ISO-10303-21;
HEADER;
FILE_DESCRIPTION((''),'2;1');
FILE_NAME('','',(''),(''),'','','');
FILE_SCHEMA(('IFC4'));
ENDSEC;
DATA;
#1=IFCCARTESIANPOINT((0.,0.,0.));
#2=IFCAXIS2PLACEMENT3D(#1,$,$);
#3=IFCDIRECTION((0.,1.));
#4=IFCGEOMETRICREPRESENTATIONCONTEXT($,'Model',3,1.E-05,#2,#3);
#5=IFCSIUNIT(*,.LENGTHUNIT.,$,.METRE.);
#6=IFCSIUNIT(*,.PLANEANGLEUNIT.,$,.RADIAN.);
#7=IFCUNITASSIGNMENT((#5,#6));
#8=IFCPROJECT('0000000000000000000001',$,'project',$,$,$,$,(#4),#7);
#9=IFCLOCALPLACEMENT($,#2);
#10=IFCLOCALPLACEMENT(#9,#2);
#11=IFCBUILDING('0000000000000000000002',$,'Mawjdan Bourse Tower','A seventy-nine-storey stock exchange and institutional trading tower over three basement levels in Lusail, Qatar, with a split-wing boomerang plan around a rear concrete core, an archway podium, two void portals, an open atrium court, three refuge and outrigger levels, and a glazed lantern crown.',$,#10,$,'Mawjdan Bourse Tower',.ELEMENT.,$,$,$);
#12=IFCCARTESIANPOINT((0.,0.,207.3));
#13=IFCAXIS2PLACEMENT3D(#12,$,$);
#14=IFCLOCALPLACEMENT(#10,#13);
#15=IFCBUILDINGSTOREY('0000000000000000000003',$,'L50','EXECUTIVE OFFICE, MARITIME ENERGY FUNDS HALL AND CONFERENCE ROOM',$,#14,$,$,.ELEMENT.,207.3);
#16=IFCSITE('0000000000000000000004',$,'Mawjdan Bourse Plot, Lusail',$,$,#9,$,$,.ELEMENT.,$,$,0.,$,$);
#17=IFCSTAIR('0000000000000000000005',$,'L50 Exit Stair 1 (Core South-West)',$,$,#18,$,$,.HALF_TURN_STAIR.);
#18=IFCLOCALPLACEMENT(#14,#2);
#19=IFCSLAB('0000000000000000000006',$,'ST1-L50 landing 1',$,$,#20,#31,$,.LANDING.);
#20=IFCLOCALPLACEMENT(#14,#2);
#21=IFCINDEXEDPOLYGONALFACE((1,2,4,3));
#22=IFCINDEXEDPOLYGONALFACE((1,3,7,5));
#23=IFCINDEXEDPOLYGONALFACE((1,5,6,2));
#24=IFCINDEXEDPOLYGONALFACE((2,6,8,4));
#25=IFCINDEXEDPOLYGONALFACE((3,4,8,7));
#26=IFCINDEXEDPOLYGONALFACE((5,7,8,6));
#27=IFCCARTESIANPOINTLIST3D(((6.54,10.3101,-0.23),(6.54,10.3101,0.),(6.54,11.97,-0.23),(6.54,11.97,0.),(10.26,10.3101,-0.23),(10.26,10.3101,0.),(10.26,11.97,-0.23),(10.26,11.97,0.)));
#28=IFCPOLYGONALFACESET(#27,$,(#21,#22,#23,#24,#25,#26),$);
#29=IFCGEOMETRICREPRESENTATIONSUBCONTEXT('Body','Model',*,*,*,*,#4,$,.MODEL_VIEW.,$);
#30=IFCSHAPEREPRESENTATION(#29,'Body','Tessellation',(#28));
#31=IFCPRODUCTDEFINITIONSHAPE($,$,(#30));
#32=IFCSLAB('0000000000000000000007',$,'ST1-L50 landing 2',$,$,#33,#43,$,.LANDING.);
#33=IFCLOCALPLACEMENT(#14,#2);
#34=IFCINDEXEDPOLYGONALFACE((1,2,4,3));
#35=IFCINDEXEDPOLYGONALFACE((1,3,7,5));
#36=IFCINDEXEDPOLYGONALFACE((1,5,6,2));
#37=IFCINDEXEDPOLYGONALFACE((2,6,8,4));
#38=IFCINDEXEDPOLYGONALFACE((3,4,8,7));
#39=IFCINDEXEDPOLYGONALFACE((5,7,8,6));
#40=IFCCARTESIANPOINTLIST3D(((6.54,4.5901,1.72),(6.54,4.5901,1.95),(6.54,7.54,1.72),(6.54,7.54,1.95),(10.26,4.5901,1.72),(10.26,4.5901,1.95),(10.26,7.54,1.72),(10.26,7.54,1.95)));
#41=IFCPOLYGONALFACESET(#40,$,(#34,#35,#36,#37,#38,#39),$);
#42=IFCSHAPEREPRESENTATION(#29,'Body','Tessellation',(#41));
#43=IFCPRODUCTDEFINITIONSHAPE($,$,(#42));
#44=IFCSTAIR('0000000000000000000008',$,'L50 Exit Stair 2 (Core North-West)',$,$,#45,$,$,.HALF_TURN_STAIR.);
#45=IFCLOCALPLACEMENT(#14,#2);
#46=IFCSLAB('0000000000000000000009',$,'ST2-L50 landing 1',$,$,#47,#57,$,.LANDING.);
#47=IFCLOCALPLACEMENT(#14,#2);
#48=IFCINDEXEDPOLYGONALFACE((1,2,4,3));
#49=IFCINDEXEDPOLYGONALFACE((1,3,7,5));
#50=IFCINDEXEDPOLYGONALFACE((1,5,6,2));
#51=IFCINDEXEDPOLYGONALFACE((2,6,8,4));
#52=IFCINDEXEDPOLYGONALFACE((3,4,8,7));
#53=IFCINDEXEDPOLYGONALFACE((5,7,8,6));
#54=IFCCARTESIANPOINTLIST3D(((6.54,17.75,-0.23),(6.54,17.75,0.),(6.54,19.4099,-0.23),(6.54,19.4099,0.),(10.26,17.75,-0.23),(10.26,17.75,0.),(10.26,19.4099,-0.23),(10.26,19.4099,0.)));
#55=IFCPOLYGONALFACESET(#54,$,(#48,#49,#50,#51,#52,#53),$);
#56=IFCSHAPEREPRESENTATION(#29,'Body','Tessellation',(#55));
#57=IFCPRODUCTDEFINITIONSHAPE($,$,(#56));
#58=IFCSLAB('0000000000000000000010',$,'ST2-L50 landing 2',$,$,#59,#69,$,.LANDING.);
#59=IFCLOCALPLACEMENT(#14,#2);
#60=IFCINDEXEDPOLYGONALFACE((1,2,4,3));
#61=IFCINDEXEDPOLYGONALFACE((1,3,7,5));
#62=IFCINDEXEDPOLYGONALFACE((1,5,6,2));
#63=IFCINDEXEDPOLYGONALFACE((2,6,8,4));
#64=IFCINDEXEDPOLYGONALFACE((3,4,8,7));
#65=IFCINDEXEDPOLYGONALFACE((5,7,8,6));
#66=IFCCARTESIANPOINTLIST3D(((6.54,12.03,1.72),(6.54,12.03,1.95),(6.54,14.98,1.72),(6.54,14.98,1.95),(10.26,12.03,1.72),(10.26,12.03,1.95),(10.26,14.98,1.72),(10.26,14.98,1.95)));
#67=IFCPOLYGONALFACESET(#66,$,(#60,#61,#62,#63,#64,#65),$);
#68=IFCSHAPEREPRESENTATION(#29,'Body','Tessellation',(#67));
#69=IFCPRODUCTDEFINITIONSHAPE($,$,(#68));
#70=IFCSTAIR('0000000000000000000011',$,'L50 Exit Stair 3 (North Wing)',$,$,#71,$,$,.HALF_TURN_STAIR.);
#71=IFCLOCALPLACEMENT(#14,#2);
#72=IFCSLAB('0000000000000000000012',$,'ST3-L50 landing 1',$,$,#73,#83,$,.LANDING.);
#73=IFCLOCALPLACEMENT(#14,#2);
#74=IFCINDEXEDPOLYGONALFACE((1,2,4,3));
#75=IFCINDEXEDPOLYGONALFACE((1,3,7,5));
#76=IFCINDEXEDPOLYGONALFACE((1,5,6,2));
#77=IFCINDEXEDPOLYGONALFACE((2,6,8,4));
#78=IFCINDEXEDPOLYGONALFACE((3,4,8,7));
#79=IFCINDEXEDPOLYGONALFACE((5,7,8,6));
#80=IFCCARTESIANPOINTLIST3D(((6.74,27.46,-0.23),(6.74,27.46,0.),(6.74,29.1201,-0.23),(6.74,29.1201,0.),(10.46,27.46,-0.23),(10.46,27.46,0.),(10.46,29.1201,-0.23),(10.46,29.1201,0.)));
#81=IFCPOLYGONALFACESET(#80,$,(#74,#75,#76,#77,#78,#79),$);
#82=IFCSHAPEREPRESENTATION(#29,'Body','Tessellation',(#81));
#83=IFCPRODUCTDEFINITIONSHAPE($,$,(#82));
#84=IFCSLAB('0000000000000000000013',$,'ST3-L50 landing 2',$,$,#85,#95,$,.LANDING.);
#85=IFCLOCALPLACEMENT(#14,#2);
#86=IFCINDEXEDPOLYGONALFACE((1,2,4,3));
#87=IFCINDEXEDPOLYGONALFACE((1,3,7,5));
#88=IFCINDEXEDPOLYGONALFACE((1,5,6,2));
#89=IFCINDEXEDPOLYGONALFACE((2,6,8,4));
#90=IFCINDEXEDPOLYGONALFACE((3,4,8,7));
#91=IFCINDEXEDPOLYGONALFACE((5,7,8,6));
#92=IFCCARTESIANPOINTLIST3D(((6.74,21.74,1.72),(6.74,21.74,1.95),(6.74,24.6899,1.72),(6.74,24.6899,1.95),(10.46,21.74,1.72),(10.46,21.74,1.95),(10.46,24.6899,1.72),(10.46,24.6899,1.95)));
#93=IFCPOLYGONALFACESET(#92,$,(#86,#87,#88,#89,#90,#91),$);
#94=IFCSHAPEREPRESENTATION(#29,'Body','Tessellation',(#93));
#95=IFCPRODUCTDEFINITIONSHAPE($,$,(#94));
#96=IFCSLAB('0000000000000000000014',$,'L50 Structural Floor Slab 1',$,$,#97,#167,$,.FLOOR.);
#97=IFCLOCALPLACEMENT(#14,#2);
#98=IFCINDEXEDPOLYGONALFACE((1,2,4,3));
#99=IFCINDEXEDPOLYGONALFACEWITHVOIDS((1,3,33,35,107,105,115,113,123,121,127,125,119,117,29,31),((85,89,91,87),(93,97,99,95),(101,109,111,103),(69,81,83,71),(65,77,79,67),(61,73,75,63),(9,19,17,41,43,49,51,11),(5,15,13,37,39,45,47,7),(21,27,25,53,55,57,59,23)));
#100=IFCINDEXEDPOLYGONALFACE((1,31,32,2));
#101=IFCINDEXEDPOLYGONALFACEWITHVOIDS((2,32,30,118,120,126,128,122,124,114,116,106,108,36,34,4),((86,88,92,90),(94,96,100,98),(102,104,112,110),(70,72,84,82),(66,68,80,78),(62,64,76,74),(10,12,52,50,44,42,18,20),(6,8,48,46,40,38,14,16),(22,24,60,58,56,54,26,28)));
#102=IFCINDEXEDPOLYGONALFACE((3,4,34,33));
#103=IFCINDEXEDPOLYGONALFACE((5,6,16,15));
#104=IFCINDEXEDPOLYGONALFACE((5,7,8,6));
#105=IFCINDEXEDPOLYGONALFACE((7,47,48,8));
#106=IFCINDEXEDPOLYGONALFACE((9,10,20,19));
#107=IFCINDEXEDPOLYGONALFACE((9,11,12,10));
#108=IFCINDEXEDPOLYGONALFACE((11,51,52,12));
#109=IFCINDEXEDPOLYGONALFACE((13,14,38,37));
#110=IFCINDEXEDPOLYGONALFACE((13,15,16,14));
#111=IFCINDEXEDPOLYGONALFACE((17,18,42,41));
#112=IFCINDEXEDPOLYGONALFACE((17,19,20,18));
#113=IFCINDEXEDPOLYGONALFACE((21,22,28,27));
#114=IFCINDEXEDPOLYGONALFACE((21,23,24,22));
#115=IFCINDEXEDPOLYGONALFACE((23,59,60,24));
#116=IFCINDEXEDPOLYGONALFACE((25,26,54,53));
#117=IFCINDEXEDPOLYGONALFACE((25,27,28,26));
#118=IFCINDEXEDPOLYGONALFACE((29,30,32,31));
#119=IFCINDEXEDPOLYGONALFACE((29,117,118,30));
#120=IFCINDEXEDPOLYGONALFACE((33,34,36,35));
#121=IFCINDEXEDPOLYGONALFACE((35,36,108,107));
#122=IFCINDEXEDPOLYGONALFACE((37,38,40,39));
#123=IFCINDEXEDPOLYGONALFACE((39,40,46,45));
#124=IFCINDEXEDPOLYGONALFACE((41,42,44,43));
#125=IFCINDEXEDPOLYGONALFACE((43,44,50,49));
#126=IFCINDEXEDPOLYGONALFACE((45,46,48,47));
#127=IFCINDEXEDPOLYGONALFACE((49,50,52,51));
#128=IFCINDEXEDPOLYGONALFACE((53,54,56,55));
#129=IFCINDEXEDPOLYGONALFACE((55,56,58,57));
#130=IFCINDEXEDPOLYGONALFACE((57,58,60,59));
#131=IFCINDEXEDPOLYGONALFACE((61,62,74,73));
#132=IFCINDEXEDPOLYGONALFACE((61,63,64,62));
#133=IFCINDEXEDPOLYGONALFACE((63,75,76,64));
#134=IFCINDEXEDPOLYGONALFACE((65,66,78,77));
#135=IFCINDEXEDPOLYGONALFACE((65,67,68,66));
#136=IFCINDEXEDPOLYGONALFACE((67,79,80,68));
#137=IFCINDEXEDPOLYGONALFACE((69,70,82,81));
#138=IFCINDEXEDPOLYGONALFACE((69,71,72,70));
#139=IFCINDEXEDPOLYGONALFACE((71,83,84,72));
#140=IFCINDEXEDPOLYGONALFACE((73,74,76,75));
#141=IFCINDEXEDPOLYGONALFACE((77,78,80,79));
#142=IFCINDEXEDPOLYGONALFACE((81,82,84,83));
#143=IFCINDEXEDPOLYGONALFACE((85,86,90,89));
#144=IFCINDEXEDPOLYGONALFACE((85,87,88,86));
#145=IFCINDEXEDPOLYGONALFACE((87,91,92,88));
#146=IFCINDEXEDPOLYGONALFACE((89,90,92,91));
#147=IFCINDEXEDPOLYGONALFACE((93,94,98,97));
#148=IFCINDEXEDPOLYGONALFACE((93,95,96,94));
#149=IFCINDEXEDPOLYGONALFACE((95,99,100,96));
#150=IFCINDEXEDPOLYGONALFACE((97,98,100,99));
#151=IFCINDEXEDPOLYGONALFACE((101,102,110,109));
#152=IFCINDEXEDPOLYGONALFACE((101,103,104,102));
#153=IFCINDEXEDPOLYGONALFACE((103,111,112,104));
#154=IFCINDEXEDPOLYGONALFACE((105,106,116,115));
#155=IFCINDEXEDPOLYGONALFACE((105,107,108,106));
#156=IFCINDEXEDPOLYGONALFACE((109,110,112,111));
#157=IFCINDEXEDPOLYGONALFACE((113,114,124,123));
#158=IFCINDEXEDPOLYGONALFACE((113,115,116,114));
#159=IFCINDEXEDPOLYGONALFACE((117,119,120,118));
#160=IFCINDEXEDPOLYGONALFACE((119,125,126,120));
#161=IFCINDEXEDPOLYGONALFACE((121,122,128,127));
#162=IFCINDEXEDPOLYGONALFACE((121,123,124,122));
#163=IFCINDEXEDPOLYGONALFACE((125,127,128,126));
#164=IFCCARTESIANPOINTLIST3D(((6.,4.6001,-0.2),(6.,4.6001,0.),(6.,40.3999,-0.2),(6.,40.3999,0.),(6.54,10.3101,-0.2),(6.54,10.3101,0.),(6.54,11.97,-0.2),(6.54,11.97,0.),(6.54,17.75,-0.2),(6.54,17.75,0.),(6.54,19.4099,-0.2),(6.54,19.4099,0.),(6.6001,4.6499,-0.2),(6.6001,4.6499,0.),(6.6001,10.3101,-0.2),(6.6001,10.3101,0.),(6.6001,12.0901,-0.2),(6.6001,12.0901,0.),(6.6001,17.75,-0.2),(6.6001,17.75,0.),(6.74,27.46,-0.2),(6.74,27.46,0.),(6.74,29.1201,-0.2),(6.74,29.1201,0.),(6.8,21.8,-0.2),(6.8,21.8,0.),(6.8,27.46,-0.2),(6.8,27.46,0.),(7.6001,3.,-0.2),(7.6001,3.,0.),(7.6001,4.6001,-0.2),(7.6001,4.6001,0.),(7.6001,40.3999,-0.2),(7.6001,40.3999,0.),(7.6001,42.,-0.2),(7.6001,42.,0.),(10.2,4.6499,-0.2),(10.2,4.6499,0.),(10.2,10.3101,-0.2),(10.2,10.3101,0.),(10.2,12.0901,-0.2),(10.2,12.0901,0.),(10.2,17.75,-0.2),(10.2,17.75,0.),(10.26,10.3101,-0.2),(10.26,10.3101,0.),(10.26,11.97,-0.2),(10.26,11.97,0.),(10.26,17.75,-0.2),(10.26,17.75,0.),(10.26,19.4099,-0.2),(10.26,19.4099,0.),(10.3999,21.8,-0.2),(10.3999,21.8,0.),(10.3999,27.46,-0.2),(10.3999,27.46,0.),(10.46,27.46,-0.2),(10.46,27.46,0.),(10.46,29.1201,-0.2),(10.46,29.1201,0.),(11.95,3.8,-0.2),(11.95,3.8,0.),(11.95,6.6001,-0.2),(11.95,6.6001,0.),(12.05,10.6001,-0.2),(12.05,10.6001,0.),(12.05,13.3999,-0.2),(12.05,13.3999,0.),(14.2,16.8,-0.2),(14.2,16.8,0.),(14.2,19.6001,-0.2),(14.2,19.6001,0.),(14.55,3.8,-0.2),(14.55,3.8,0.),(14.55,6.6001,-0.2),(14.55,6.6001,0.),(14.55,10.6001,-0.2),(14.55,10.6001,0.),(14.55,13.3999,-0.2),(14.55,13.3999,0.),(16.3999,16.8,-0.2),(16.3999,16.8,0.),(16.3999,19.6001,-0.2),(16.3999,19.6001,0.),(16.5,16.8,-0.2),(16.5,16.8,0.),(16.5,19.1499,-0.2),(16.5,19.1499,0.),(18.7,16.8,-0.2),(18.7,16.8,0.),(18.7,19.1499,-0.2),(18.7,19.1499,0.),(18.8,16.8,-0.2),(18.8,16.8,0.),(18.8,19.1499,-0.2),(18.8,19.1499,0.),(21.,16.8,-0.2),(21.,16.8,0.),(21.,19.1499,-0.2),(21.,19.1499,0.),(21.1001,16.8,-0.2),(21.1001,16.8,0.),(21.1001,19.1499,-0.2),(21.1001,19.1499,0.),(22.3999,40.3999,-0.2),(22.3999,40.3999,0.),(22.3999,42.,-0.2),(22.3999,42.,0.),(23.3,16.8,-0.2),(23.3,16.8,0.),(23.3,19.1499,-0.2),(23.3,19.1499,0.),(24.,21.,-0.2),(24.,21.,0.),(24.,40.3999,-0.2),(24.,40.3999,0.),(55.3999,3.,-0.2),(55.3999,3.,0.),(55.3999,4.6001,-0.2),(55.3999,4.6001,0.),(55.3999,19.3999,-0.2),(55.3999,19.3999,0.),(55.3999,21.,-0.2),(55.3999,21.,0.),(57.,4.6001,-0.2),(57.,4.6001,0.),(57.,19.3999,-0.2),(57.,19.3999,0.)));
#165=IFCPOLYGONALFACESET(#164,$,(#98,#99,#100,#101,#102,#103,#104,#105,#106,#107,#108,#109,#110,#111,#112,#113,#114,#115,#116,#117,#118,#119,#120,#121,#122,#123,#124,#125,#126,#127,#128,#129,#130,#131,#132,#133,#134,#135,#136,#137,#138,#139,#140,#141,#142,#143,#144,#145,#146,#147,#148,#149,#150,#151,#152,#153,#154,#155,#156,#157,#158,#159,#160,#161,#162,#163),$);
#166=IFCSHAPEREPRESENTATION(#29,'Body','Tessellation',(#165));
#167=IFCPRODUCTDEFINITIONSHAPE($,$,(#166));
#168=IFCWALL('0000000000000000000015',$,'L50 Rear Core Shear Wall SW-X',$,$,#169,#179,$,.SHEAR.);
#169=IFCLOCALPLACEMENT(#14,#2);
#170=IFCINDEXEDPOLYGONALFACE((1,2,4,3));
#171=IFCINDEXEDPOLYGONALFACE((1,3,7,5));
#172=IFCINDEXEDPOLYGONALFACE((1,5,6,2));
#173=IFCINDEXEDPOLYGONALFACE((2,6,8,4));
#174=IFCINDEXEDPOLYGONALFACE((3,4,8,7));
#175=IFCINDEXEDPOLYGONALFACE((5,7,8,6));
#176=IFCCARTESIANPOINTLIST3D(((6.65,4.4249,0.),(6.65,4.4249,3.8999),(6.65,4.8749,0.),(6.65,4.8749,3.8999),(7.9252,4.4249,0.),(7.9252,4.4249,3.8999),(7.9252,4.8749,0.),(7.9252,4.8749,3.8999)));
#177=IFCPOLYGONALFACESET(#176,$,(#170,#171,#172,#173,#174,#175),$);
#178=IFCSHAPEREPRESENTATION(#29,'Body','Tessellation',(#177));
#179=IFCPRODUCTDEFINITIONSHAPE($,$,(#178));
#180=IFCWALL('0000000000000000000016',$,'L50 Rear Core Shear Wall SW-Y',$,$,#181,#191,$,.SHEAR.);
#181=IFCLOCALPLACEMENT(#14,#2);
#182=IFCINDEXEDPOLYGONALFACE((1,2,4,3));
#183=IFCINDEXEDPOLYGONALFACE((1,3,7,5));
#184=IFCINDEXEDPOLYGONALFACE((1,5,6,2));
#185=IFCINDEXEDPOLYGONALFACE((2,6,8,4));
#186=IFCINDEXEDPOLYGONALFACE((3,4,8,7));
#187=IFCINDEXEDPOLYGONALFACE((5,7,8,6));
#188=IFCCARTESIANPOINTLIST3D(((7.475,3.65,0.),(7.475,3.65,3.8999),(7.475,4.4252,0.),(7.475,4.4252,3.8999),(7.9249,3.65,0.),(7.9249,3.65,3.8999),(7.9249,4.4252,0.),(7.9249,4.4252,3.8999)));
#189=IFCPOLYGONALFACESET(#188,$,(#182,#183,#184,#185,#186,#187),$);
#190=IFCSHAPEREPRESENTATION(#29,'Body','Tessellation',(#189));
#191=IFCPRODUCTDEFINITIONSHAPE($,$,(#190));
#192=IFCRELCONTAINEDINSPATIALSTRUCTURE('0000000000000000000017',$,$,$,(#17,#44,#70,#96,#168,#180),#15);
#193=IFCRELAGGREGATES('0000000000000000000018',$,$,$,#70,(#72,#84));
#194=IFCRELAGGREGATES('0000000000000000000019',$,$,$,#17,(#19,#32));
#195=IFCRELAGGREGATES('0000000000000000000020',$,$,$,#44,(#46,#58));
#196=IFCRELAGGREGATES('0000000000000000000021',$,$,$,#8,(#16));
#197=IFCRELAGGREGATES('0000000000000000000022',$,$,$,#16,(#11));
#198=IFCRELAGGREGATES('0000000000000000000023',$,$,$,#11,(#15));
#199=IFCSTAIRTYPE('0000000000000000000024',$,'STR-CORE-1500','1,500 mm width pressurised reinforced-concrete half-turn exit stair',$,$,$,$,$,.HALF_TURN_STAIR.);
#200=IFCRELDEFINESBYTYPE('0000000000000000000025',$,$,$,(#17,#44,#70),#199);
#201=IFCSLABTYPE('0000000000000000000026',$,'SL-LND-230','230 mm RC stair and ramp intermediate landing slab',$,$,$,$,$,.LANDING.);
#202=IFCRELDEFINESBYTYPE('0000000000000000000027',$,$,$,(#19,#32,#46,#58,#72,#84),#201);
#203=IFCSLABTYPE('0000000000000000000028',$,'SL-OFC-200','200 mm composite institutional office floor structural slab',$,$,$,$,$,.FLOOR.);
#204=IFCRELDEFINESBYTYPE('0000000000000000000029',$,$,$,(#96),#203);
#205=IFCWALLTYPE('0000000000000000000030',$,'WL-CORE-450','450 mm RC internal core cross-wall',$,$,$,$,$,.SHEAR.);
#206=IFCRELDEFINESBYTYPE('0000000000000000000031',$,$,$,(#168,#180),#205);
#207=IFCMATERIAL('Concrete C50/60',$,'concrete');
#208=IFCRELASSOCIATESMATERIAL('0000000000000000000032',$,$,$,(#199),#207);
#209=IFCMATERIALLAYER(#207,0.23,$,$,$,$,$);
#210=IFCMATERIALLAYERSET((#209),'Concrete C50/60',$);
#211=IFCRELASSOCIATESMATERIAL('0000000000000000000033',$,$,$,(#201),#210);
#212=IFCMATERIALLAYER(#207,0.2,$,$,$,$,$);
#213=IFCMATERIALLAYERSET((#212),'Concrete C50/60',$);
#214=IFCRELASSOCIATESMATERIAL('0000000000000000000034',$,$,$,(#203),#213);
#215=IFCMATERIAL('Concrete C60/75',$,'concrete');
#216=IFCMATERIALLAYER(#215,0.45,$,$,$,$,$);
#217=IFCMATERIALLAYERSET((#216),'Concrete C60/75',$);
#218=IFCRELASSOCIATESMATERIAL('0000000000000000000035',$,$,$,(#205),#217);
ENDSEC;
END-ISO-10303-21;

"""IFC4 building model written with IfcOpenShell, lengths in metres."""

from ifc_helpers import new_model, si_unit, direction, frame, frame_2d, origin, place, context, subcontext, project, spatial, polyline, rectangle, outline, extrude, material, layer, layer_set, type_object, element, aggregate, save


model = new_model("IFC4")

# Units and contexts
model_context = context("Model", 3, precision=1e-05, world=origin(), true_north=direction((0.0, 1.0)))
body_context = subcontext(model_context, "Body", "Model", "MODEL_VIEW")
ifc_project = project(units=[si_unit("LENGTHUNIT", "METRE"), si_unit("PLANEANGLEUNIT", "RADIAN")], contexts=[model_context])

# Site, building, storey
site_placement = place(None, origin())
site = spatial("IfcSite", under=ifc_project, at=site_placement, Name="Mawjdan Bourse Plot, Lusail", CompositionType="ELEMENT", RefElevation=0.0)
building_placement = place(site_placement, origin())
building = spatial("IfcBuilding", under=site, at=building_placement, Name="Mawjdan Bourse Tower", Description="A seventy-nine-storey stock exchange and institutional trading tower over three basement levels in Lusail, Qatar, with a split-wing boomerang plan around a rear concrete core, an archway podium, two void portals, an open atrium court, three refuge and outrigger levels, and a glazed lantern crown.", LongName="Mawjdan Bourse Tower", CompositionType="ELEMENT")
storey_placement = place(building_placement, frame((0.0, 0.0, 207.3)))
storey = spatial("IfcBuildingStorey", under=building, at=storey_placement, Name="L50", Description="EXECUTIVE OFFICE, MARITIME ENERGY FUNDS HALL AND CONFERENCE ROOM", CompositionType="ELEMENT", Elevation=207.3)

# Stairs, slabs
ifc_material_1 = material(Name="Concrete C50/60", Category="concrete")
stair_type = type_object("IfcStairType", Name="STR-CORE-1500", Description="1,500 mm width pressurised reinforced-concrete half-turn exit stair", PredefinedType="HALF_TURN_STAIR", material=ifc_material_1)
stair_1_placement = place(storey_placement, origin())
stair_1 = element("IfcStair", 1, at=stair_1_placement, inside=storey, type_object=stair_type, Name="L50 Exit Stair 1 (Core South-West)", PredefinedType="HALF_TURN_STAIR")
ifc_layer_1 = layer(ifc_material_1, 0.23)
ifc_layer_set_1 = layer_set([ifc_layer_1], Name="Concrete C50/60")
slab_type_1 = type_object("IfcSlabType", Name="SL-LND-230", Description="230 mm RC stair and ramp intermediate landing slab", PredefinedType="LANDING", material=ifc_layer_set_1)
slab_1_placement = place(storey_placement, frame((0.0, 0.0, -0.23)))
slab_1 = element("IfcSlab", 2, at=slab_1_placement, type_object=slab_type_1, Name="ST1-L50 landing 1", PredefinedType="LANDING", context=body_context, shape_type="SweptSolid", body=[
    extrude(outline(polyline([(6.54, 10.3101), (10.26, 10.3101), (10.26, 11.97), (6.54, 11.97), (6.54, 10.3101)])), origin(), (0.0, 0.0, 1.0), 0.23),
])
slab_2_placement = place(storey_placement, frame((0.0, 0.0, 1.72)))
slab_2 = element("IfcSlab", 3, at=slab_2_placement, type_object=slab_type_1, Name="ST1-L50 landing 2", PredefinedType="LANDING", context=body_context, shape_type="SweptSolid", body=[
    extrude(outline(polyline([(6.54, 4.5901), (10.26, 4.5901), (10.26, 7.54), (6.54, 7.54), (6.54, 4.5901)])), origin(), (0.0, 0.0, 1.0), 0.23),
])
stair_2_placement = place(storey_placement, origin())
stair_2 = element("IfcStair", 4, at=stair_2_placement, inside=storey, type_object=stair_type, Name="L50 Exit Stair 2 (Core North-West)", PredefinedType="HALF_TURN_STAIR")
slab_3_placement = place(storey_placement, frame((0.0, 0.0, -0.23)))
slab_3 = element("IfcSlab", 5, at=slab_3_placement, type_object=slab_type_1, Name="ST2-L50 landing 1", PredefinedType="LANDING", context=body_context, shape_type="SweptSolid", body=[
    extrude(outline(polyline([(6.54, 17.75), (10.26, 17.75), (10.26, 19.4099), (6.54, 19.4099), (6.54, 17.75)])), origin(), (0.0, 0.0, 1.0), 0.23),
])
slab_4_placement = place(storey_placement, frame((0.0, 0.0, 1.72)))
slab_4 = element("IfcSlab", 6, at=slab_4_placement, type_object=slab_type_1, Name="ST2-L50 landing 2", PredefinedType="LANDING", context=body_context, shape_type="SweptSolid", body=[
    extrude(outline(polyline([(6.54, 12.03), (10.26, 12.03), (10.26, 14.98), (6.54, 14.98), (6.54, 12.03)])), origin(), (0.0, 0.0, 1.0), 0.23),
])
stair_3_placement = place(storey_placement, origin())
stair_3 = element("IfcStair", 7, at=stair_3_placement, inside=storey, type_object=stair_type, Name="L50 Exit Stair 3 (North Wing)", PredefinedType="HALF_TURN_STAIR")
slab_5_placement = place(storey_placement, frame((0.0, 0.0, -0.23)))
slab_5 = element("IfcSlab", 8, at=slab_5_placement, type_object=slab_type_1, Name="ST3-L50 landing 1", PredefinedType="LANDING", context=body_context, shape_type="SweptSolid", body=[
    extrude(outline(polyline([(6.74, 27.46), (10.46, 27.46), (10.46, 29.1201), (6.74, 29.1201), (6.74, 27.46)])), origin(), (0.0, 0.0, 1.0), 0.23),
])
slab_6_placement = place(storey_placement, frame((0.0, 0.0, 1.72)))
slab_6 = element("IfcSlab", 9, at=slab_6_placement, type_object=slab_type_1, Name="ST3-L50 landing 2", PredefinedType="LANDING", context=body_context, shape_type="SweptSolid", body=[
    extrude(outline(polyline([(6.74, 21.74), (10.46, 21.74), (10.46, 24.6899), (6.74, 24.6899), (6.74, 21.74)])), origin(), (0.0, 0.0, 1.0), 0.23),
])
aggregate(stair_3, [slab_5, slab_6])

# Slab
ifc_layer_2 = layer(ifc_material_1, 0.2)
ifc_layer_set_2 = layer_set([ifc_layer_2], Name="Concrete C50/60")
slab_type_2 = type_object("IfcSlabType", Name="SL-OFC-200", Description="200 mm composite institutional office floor structural slab", PredefinedType="FLOOR", material=ifc_layer_set_2)
slab_7_placement = place(storey_placement, frame((0.0, 0.0, -0.2)))
element("IfcSlab", 10, at=slab_7_placement, inside=storey, type_object=slab_type_2, Name="L50 Structural Floor Slab 1", PredefinedType="FLOOR", context=body_context, shape_type="SweptSolid", body=[
    extrude(outline(polyline([(7.6001, 3.0), (55.3999, 3.0), (55.3999, 4.6001), (57.0, 4.6001), (57.0, 19.3999), (55.3999, 19.3999), (55.3999, 21.0), (24.0, 21.0), (24.0, 40.3999), (22.3999, 40.3999), (22.3999, 42.0), (7.6001, 42.0), (7.6001, 40.3999), (6.0, 40.3999), (6.0, 4.6001), (7.6001, 4.6001), (7.6001, 3.0)]), holes=[polyline([(6.54, 11.97), (10.26, 11.97), (10.26, 10.3101), (10.2, 10.3101), (10.2, 4.6499), (6.6001, 4.6499), (6.6001, 10.3101), (6.54, 10.3101), (6.54, 11.97)]), polyline([(6.6001, 12.0901), (6.6001, 17.75), (6.54, 17.75), (6.54, 19.4099), (10.26, 19.4099), (10.26, 17.75), (10.2, 17.75), (10.2, 12.0901), (6.6001, 12.0901)]), polyline([(10.46, 29.1201), (10.46, 27.46), (10.3999, 27.46), (10.3999, 21.8), (6.8, 21.8), (6.8, 27.46), (6.74, 27.46), (6.74, 29.1201), (10.46, 29.1201)]), polyline([(14.55, 3.8), (11.95, 3.8), (11.95, 6.6001), (14.55, 6.6001), (14.55, 3.8)]), polyline([(12.05, 10.6001), (12.05, 13.3999), (14.55, 13.3999), (14.55, 10.6001), (12.05, 10.6001)]), polyline([(16.5, 16.8), (16.5, 19.1499), (18.7, 19.1499), (18.7, 16.8), (16.5, 16.8)]), polyline([(21.0, 16.8), (18.8, 16.8), (18.8, 19.1499), (21.0, 19.1499), (21.0, 16.8)]), polyline([(21.1001, 16.8), (21.1001, 19.1499), (23.3, 19.1499), (23.3, 16.8), (21.1001, 16.8)]), polyline([(14.2, 16.8), (14.2, 19.6001), (16.3999, 19.6001), (16.3999, 16.8), (14.2, 16.8)])]), origin(), (0.0, 0.0, 1.0), 0.2),
])

# Walls
ifc_material_2 = material(Name="Concrete C60/75", Category="concrete")
ifc_layer_3 = layer(ifc_material_2, 0.45)
ifc_layer_set_3 = layer_set([ifc_layer_3], Name="Concrete C60/75")
wall_type_1 = type_object("IfcWallType", Name="WL-CORE-450", Description="450 mm RC internal core cross-wall", PredefinedType="SHEAR", material=ifc_layer_set_3)
wall_1_placement = place(storey_placement, frame((6.6499, 4.6499, 0.0), z_axis=(0.0, 0.0, 1.0), x_axis=(1.0, 0.0, 0.0)))
element("IfcWall", 11, at=wall_1_placement, inside=storey, type_object=wall_type_1, Name="L50 Rear Core Shear Wall SW-X", PredefinedType="SHEAR", context=body_context, shape_type="SweptSolid", body=[
    extrude(rectangle(XDim=1.2751, YDim=0.45, at=frame_2d((0.6377, 0.0))), origin(), (0.0, 0.0, 1.0), 3.8999),
])
wall_2_placement = place(storey_placement, frame((7.7, 3.6499, 0.0), z_axis=(0.0, 0.0, 1.0), x_axis=(0.0, 1.0, 0.0)))
element("IfcWall", 12, at=wall_2_placement, inside=storey, type_object=wall_type_1, Name="L50 Rear Core Shear Wall SW-Y", PredefinedType="SHEAR", context=body_context, shape_type="SweptSolid", body=[
    extrude(rectangle(XDim=0.7751, YDim=0.45, at=frame_2d((0.3877, 0.0))), origin(), (0.0, 0.0, 1.0), 3.8999),
])

aggregate(stair_1, [slab_1, slab_2])
aggregate(stair_2, [slab_3, slab_4])

save(model, "model.ifc")
